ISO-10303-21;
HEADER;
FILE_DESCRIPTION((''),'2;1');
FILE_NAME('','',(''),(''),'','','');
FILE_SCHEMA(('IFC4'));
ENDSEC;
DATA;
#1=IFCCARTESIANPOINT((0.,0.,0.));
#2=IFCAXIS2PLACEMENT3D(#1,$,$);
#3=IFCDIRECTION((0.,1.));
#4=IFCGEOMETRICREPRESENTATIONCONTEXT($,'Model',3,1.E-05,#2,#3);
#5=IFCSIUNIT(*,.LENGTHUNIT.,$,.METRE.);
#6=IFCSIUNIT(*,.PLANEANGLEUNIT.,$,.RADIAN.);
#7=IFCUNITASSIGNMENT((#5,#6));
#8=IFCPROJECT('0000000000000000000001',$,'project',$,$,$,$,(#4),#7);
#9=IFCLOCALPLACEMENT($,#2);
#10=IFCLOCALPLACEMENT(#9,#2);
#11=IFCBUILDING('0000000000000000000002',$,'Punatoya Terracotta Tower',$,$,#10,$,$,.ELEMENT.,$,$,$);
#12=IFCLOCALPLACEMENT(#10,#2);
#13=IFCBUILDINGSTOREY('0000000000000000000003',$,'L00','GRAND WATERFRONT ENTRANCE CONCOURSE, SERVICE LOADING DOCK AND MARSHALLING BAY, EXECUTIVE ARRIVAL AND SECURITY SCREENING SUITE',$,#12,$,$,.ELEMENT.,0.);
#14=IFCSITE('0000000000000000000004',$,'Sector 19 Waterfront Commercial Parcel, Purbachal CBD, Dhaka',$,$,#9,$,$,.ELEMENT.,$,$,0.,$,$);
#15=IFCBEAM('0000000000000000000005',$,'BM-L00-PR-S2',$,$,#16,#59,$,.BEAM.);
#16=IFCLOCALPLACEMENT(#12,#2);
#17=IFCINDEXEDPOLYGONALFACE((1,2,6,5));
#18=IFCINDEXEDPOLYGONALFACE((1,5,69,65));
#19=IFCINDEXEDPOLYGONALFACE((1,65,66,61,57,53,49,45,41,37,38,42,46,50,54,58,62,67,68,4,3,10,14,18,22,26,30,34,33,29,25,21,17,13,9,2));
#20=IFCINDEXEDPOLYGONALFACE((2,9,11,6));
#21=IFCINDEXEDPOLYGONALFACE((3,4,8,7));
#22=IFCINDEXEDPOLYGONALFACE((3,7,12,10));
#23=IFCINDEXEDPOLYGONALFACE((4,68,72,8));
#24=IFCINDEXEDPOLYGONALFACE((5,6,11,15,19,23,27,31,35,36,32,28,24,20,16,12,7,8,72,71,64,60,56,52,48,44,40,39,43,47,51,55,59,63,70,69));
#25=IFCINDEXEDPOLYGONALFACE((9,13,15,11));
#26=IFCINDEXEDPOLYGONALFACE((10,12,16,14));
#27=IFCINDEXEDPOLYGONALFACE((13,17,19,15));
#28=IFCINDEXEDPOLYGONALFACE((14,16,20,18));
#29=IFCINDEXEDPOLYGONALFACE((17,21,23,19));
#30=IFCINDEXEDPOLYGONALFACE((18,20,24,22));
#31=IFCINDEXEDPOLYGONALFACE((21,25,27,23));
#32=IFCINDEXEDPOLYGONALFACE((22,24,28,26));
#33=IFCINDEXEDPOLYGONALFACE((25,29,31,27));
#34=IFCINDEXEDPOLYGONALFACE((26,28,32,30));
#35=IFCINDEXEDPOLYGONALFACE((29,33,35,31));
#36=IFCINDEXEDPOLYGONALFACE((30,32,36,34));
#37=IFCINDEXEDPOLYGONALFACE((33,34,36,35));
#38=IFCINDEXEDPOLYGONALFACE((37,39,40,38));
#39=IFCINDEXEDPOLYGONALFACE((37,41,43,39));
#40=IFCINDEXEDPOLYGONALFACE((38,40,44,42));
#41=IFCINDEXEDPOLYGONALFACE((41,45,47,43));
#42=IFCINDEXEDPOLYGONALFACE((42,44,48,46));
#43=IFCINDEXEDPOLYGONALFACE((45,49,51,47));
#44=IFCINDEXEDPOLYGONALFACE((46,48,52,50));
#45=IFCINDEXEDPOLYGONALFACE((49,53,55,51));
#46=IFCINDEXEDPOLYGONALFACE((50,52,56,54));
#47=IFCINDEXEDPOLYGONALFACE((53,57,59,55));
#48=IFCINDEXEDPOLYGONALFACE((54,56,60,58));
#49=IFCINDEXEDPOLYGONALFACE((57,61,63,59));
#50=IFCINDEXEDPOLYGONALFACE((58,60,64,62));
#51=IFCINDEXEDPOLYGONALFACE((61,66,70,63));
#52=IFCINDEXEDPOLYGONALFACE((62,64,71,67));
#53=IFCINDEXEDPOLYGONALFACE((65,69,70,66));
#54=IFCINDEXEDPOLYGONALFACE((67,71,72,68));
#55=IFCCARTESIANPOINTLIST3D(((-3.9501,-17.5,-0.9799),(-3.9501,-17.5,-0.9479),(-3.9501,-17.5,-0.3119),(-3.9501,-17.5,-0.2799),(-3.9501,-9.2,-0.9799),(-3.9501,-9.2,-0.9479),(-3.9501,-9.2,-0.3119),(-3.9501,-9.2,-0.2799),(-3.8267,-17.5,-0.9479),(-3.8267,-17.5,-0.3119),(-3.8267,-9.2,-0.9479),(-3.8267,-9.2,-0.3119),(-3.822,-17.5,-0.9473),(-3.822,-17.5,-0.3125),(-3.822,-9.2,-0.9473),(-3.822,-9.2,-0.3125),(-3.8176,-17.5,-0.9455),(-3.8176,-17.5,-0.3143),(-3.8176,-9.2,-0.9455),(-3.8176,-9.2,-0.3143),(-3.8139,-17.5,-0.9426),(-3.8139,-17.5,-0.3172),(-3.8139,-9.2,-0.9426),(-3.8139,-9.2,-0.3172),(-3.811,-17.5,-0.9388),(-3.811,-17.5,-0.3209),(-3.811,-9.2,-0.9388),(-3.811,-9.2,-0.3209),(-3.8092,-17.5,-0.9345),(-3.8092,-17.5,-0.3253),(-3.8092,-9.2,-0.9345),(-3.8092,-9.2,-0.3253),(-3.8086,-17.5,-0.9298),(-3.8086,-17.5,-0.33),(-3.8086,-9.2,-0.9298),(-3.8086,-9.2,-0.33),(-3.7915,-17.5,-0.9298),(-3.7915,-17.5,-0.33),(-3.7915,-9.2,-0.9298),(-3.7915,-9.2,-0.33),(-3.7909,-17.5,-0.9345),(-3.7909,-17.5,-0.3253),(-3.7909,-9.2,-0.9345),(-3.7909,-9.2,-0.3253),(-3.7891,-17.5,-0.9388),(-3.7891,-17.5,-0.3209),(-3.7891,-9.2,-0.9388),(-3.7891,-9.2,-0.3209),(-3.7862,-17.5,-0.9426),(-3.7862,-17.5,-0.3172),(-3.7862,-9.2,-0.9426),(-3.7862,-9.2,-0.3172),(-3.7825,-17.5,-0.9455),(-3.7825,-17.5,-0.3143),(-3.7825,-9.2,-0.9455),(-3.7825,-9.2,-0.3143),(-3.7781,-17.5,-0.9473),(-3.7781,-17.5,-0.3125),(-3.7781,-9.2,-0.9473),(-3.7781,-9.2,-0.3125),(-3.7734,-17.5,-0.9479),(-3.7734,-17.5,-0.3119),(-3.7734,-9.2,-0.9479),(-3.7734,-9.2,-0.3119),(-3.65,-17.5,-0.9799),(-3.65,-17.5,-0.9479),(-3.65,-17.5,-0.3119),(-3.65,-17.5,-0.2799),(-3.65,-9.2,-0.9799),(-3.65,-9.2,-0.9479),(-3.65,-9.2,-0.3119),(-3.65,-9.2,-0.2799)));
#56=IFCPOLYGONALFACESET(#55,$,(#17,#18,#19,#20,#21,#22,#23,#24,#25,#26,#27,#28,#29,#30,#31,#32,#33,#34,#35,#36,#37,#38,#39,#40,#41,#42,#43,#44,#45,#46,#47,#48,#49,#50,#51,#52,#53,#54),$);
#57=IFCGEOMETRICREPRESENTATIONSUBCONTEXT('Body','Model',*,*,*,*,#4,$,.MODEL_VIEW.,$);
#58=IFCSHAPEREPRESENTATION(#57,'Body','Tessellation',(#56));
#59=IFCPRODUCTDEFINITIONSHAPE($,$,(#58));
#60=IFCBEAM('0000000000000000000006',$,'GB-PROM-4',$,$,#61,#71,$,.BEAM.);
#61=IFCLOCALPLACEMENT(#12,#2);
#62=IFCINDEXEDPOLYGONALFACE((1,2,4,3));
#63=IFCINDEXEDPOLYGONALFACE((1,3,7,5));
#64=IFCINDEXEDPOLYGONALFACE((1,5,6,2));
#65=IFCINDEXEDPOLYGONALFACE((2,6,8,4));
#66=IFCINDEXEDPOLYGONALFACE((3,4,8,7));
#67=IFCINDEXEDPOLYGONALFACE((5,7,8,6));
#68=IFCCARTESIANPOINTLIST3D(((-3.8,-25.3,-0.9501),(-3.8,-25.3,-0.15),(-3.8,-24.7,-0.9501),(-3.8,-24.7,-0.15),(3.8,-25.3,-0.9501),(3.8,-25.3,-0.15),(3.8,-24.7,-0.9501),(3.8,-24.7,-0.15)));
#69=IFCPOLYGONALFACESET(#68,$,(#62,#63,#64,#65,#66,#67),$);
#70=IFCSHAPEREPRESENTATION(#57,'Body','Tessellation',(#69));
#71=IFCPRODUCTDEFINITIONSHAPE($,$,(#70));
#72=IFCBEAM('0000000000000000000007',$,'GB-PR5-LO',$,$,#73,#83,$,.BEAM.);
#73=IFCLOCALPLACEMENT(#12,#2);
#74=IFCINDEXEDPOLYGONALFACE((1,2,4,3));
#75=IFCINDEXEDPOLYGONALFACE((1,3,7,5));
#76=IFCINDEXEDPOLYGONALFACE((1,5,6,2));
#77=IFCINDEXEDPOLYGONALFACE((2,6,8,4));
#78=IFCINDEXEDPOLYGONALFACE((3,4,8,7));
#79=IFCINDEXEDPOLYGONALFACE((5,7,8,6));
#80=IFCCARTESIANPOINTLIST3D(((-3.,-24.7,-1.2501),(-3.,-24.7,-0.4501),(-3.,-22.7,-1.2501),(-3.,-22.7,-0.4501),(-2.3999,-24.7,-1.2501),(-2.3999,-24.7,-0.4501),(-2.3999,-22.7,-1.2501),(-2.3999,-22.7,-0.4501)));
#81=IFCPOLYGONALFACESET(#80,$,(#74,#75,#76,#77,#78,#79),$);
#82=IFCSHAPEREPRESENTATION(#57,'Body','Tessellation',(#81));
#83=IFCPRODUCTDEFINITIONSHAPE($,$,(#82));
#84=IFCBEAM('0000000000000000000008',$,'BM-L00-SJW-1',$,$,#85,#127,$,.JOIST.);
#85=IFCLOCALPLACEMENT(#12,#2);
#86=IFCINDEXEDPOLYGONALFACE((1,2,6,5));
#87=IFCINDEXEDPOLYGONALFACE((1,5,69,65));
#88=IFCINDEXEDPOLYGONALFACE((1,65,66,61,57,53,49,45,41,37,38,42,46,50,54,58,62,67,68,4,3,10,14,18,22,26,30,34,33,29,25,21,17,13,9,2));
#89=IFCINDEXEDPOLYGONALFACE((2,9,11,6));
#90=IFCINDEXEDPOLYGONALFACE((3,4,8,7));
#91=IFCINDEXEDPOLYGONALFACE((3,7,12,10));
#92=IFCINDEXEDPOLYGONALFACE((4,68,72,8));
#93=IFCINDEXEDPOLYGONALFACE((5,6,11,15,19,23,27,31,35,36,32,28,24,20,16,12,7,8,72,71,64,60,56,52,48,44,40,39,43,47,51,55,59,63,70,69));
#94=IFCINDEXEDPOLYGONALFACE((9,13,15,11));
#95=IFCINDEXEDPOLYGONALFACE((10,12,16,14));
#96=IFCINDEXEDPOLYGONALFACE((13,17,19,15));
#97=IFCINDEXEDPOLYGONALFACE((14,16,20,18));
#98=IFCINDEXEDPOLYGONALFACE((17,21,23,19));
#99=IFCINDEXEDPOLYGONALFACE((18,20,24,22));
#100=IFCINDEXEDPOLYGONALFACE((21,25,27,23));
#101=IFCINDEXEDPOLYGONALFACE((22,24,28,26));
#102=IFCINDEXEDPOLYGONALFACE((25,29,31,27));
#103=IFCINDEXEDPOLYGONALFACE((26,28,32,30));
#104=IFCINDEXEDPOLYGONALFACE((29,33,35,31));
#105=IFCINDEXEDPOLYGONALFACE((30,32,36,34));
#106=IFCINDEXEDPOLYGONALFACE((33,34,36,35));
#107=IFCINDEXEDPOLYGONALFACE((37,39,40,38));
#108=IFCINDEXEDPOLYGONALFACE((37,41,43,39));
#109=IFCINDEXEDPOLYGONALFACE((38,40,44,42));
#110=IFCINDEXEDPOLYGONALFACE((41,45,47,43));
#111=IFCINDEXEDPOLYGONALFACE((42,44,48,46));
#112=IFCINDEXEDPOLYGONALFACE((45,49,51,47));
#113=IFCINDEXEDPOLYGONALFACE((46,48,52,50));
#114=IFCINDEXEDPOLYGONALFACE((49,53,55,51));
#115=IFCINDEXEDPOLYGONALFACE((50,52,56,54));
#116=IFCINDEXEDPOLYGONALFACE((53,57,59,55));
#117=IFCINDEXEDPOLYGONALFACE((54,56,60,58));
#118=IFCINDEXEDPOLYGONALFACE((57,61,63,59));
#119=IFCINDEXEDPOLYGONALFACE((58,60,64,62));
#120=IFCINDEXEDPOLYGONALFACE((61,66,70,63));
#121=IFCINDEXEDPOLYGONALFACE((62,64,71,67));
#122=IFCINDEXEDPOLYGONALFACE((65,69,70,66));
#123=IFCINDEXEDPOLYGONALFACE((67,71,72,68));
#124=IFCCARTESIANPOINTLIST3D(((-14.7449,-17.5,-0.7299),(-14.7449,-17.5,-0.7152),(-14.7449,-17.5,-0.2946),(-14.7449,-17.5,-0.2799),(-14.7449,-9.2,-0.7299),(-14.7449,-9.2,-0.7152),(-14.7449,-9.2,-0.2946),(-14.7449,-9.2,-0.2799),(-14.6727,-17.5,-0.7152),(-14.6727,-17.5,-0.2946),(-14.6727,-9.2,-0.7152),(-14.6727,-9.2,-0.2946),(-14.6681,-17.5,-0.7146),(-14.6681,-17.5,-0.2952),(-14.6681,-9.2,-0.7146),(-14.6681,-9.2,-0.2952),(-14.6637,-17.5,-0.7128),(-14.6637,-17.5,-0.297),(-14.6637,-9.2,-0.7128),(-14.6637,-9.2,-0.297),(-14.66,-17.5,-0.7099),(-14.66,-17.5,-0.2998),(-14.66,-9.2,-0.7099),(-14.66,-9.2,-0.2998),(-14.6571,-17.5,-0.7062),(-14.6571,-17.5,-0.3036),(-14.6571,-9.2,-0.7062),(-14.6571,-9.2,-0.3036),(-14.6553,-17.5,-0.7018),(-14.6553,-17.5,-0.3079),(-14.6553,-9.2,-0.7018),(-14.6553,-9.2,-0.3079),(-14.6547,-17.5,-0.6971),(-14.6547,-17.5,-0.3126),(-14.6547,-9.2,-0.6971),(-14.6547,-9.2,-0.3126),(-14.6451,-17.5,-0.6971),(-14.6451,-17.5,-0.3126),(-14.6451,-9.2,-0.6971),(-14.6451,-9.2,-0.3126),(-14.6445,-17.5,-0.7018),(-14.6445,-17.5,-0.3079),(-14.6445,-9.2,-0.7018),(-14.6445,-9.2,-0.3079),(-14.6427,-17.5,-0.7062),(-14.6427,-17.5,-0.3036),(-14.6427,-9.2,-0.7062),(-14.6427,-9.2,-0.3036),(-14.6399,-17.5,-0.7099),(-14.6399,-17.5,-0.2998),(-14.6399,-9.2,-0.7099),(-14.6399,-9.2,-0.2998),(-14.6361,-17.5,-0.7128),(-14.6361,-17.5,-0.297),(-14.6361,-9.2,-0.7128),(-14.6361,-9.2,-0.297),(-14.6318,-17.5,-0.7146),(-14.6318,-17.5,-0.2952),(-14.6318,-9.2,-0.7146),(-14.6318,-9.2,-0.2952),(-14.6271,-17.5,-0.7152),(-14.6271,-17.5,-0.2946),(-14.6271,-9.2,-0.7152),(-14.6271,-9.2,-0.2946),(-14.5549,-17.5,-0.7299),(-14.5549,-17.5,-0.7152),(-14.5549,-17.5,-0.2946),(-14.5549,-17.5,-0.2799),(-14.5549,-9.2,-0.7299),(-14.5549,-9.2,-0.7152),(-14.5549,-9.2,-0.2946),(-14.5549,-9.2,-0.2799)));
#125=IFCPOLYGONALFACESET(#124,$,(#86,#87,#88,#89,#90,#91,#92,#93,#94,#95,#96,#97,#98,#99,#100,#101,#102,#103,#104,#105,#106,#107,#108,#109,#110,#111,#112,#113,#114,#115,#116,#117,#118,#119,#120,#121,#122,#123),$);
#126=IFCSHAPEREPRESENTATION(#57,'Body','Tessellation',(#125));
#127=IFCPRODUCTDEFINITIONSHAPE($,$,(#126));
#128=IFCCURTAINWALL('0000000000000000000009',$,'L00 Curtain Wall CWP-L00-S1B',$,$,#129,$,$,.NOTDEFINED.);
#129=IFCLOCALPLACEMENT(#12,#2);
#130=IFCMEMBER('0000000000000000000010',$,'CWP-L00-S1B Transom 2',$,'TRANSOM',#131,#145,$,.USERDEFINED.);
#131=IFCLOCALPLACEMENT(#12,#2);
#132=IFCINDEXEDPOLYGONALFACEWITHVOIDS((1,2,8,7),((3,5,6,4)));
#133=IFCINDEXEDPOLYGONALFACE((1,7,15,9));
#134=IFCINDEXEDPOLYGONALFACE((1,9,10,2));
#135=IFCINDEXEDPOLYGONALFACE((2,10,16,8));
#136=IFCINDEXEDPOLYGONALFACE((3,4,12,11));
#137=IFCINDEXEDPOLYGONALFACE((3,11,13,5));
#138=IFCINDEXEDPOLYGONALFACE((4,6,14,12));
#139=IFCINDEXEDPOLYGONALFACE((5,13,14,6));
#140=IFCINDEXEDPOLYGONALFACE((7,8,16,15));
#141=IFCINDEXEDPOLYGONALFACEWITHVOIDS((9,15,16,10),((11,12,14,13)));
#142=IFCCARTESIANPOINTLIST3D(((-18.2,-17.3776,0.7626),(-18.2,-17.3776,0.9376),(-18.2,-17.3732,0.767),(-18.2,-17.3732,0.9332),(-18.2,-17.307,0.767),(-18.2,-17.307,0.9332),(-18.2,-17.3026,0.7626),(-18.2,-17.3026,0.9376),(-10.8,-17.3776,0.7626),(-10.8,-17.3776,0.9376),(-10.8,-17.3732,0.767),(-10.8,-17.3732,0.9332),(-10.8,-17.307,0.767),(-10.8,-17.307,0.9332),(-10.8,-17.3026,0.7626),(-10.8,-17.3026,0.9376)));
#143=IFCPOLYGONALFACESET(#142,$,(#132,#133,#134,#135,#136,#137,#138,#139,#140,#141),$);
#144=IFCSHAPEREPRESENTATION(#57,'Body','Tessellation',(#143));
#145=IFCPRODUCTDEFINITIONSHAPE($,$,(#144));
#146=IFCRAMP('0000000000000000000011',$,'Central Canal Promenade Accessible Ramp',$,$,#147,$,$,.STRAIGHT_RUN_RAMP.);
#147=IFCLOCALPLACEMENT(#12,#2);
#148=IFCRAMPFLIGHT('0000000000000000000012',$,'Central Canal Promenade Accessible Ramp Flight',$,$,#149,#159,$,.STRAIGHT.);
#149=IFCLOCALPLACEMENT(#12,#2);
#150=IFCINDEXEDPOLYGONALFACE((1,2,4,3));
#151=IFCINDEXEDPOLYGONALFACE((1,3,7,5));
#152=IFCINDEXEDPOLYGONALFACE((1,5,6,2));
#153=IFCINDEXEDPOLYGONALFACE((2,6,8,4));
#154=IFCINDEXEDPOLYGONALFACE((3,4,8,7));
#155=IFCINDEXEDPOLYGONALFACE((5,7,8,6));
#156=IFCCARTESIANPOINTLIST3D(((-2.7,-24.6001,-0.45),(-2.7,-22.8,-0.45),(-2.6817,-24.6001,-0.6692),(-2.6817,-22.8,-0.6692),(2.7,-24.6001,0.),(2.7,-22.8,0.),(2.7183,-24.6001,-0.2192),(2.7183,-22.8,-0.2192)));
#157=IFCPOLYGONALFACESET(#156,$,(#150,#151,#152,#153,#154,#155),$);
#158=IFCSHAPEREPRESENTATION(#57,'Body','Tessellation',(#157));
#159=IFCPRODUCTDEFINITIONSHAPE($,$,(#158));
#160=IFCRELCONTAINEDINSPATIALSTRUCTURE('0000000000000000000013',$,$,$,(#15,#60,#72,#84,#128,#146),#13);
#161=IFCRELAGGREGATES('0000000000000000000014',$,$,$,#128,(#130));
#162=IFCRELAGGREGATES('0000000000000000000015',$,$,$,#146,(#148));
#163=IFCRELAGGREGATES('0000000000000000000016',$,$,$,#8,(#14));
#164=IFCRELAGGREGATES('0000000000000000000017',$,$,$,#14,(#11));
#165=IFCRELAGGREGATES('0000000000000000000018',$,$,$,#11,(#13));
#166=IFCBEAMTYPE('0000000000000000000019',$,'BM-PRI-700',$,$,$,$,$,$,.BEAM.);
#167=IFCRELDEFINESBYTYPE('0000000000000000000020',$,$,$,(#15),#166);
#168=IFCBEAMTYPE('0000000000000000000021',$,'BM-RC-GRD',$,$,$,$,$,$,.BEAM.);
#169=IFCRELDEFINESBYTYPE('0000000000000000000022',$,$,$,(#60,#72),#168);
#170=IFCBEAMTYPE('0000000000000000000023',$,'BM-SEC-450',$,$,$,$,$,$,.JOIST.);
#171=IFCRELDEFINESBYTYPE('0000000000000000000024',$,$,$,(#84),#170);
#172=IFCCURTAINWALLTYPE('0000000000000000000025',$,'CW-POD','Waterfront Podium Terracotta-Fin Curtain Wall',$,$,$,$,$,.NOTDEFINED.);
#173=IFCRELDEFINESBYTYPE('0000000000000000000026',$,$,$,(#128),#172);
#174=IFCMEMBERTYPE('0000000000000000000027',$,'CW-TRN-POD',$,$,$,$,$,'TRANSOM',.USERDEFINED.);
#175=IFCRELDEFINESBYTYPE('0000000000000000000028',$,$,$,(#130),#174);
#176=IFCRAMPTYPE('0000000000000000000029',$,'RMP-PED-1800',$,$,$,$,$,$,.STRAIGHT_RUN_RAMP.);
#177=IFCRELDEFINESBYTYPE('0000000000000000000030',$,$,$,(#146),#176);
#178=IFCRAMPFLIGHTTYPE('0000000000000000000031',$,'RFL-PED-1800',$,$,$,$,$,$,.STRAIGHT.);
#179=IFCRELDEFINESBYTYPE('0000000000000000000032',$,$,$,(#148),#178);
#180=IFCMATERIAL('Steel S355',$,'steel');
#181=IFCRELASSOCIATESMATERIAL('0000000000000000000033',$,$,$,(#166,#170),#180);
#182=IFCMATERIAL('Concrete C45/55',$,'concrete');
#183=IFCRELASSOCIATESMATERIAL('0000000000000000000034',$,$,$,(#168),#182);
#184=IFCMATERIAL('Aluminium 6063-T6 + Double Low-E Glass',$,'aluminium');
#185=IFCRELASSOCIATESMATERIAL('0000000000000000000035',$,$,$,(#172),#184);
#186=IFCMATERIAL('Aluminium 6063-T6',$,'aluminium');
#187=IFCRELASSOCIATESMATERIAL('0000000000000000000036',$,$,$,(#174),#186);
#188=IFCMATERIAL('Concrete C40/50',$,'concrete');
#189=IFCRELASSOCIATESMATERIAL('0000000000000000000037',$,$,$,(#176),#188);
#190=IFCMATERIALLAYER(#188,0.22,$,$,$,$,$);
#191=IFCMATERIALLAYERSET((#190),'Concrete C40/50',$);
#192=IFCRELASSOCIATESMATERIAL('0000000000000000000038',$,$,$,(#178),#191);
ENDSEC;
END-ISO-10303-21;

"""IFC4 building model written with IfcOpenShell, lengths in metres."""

from ifc_helpers import new_model, si_unit, direction, frame, origin, origin_2d, place, context, subcontext, project, spatial, polyline, rectangle, hollow_rectangle, i_section, outline, extrude, material, layer, layer_set, material_profile, profile_set, type_object, element, aggregate, save


model = new_model("IFC4")

# Units and contexts
model_context = context("Model", 3, precision=1e-05, world=origin(), true_north=direction((0.0, 1.0)))
body_context = subcontext(model_context, "Body", "Model", "MODEL_VIEW")
ifc_project = project(units=[si_unit("LENGTHUNIT", "METRE"), si_unit("PLANEANGLEUNIT", "RADIAN")], contexts=[model_context])

# Site, building, storey
site_placement = place(None, origin())
site = spatial("IfcSite", under=ifc_project, at=site_placement, Name="Sector 19 Waterfront Commercial Parcel, Purbachal CBD, Dhaka", CompositionType="ELEMENT", RefElevation=0.0)
building_placement = place(site_placement, origin())
building = spatial("IfcBuilding", under=site, at=building_placement, Name="Punatoya Terracotta Tower", CompositionType="ELEMENT")
storey_placement = place(building_placement, origin())
storey = spatial("IfcBuildingStorey", under=building, at=storey_placement, Name="L00", Description="GRAND WATERFRONT ENTRANCE CONCOURSE, SERVICE LOADING DOCK AND MARSHALLING BAY, EXECUTIVE ARRIVAL AND SECURITY SCREENING SUITE", CompositionType="ELEMENT", Elevation=0.0)

# Beams
ifc_material_1 = material(Name="Steel S355", Category="steel")
ifc_material_profile_1 = material_profile(ifc_material_1, i_section(OverallWidth=0.3, OverallDepth=0.7, WebThickness=0.0171, FlangeThickness=0.032, FilletRadius=0.0181, at=origin_2d()))
ifc_profile_set_1 = profile_set([ifc_material_profile_1], Name="Steel S355")
beam_type_1 = type_object("IfcBeamType", Name="BM-PRI-700", PredefinedType="BEAM", material=ifc_profile_set_1)
for number, where, z_axis, x_axis, name in (
    (1, (-3.8, -17.5, -0.6299), (0.0, 1.0, 0.0), (-1.0, 0.0, 0.0), "BM-L00-PR-S2"),
):
    element("IfcBeam", number, at=place(storey_placement, frame(where, z_axis=z_axis, x_axis=x_axis)), inside=storey, type_object=beam_type_1, Name=name, PredefinedType="BEAM", context=body_context, shape_type="SweptSolid", body=[
        extrude(i_section(OverallWidth=0.3, OverallDepth=0.7, WebThickness=0.0171, FlangeThickness=0.032, FilletRadius=0.0181, at=origin_2d()), origin(), (0.0, 0.0, 1.0), 8.3),
    ])
ifc_material_2 = material(Name="Concrete C45/55", Category="concrete")
ifc_material_profile_2 = material_profile(ifc_material_2, rectangle(XDim=0.6001, YDim=0.8, at=origin_2d()))
ifc_profile_set_2 = profile_set([ifc_material_profile_2], Name="Concrete C45/55")
beam_type_2 = type_object("IfcBeamType", Name="BM-RC-GRD", PredefinedType="BEAM", material=ifc_profile_set_2)
beam_1_placement = place(storey_placement, frame((-3.8, -25.0, -0.55), z_axis=(1.0, 0.0, 0.0), x_axis=(0.0, 1.0, 0.0)))
element("IfcBeam", 2, at=beam_1_placement, inside=storey, type_object=beam_type_2, Name="GB-PROM-4", PredefinedType="BEAM", context=body_context, shape_type="SweptSolid", body=[
    extrude(rectangle(XDim=0.6001, YDim=0.8, at=origin_2d()), origin(), (0.0, 0.0, 1.0), 7.6001),
])
beam_2_placement = place(storey_placement, frame((-2.7, -24.7, -0.8501), z_axis=(0.0, 1.0, 0.0), x_axis=(-1.0, 0.0, 0.0)))
element("IfcBeam", 3, at=beam_2_placement, inside=storey, type_object=beam_type_2, Name="GB-PR5-LO", PredefinedType="BEAM", context=body_context, shape_type="SweptSolid", body=[
    extrude(rectangle(XDim=0.6001, YDim=0.8, at=origin_2d()), origin(), (0.0, 0.0, 1.0), 2.0),
])
ifc_material_profile_3 = material_profile(ifc_material_1, i_section(OverallWidth=0.1899, OverallDepth=0.45, WebThickness=0.0095, FlangeThickness=0.0146, FilletRadius=0.0181, at=origin_2d()))
ifc_profile_set_3 = profile_set([ifc_material_profile_3], Name="Steel S355")
beam_type_3 = type_object("IfcBeamType", Name="BM-SEC-450", PredefinedType="JOIST", material=ifc_profile_set_3)
beam_3_placement = place(storey_placement, frame((-14.6499, -17.5, -0.5049), z_axis=(0.0, 1.0, 0.0), x_axis=(-1.0, 0.0, 0.0)))
element("IfcBeam", 4, at=beam_3_placement, inside=storey, type_object=beam_type_3, Name="BM-L00-SJW-1", PredefinedType="JOIST", context=body_context, shape_type="SweptSolid", body=[
    extrude(i_section(OverallWidth=0.1899, OverallDepth=0.45, WebThickness=0.0095, FlangeThickness=0.0146, FilletRadius=0.0181, at=origin_2d()), origin(), (0.0, 0.0, 1.0), 8.3),
])

# Curtain wall, member
ifc_material_3 = material(Name="Aluminium 6063-T6 + Double Low-E Glass", Category="aluminium")
curtain_wall_type = type_object("IfcCurtainWallType", Name="CW-POD", Description="Waterfront Podium Terracotta-Fin Curtain Wall", PredefinedType="NOTDEFINED", material=ifc_material_3)
curtain_wall_placement = place(storey_placement, origin())
curtain_wall = element("IfcCurtainWall", 5, at=curtain_wall_placement, inside=storey, type_object=curtain_wall_type, Name="L00 Curtain Wall CWP-L00-S1B", PredefinedType="NOTDEFINED")
ifc_material_4 = material(Name="Aluminium 6063-T6", Category="aluminium")
ifc_material_profile_4 = material_profile(ifc_material_4, hollow_rectangle(XDim=0.075, YDim=0.175, WallThickness=0.0044, at=origin_2d()))
ifc_profile_set_4 = profile_set([ifc_material_profile_4], Name="Aluminium 6063-T6")
member_type = type_object("IfcMemberType", Name="CW-TRN-POD", ElementType="TRANSOM", PredefinedType="USERDEFINED", material=ifc_profile_set_4)
member_placement = place(storey_placement, frame((-18.2, -17.3401, 0.8501), z_axis=(1.0, 0.0, 0.0), x_axis=(0.0, 1.0, 0.0)))
member = element("IfcMember", 6, at=member_placement, type_object=member_type, Name="CWP-L00-S1B Transom 2", ObjectType="TRANSOM", PredefinedType="USERDEFINED", context=body_context, shape_type="SweptSolid", body=[
    extrude(hollow_rectangle(XDim=0.075, YDim=0.175, WallThickness=0.0044, at=origin_2d()), origin(), (0.0, 0.0, 1.0), 7.3999),
])
aggregate(curtain_wall, [member])

# Ramp, ramp flight
ifc_material_5 = material(Name="Concrete C40/50", Category="concrete")
ramp_type = type_object("IfcRampType", Name="RMP-PED-1800", PredefinedType="STRAIGHT_RUN_RAMP", material=ifc_material_5)
ramp_placement = place(storey_placement, origin())
ramp = element("IfcRamp", 7, at=ramp_placement, inside=storey, type_object=ramp_type, Name="Central Canal Promenade Accessible Ramp", PredefinedType="STRAIGHT_RUN_RAMP")
ifc_layer_1 = layer(ifc_material_5, 0.22)
ifc_layer_set_1 = layer_set([ifc_layer_1], Name="Concrete C40/50")
ramp_flight_type = type_object("IfcRampFlightType", Name="RFL-PED-1800", PredefinedType="STRAIGHT", material=ifc_layer_set_1)
ramp_flight_placement = place(storey_placement, frame((-2.7, -24.6001, -0.45), z_axis=(-0.083038, 0.0, 0.996546), x_axis=(0.996546, 0.0, 0.083038)))
ramp_flight = element("IfcRampFlight", 8, at=ramp_flight_placement, type_object=ramp_flight_type, Name="Central Canal Promenade Accessible Ramp Flight", PredefinedType="STRAIGHT", context=body_context, shape_type="SweptSolid", body=[
    extrude(outline(polyline([(0.0, 0.0), (5.4187, 0.0), (5.4187, 1.8), (0.0, 1.8), (0.0, 0.0)])), origin(), (0.0, 0.0, -1.0), 0.22),
])
aggregate(ramp, [ramp_flight])

save(model, "model.ifc")
